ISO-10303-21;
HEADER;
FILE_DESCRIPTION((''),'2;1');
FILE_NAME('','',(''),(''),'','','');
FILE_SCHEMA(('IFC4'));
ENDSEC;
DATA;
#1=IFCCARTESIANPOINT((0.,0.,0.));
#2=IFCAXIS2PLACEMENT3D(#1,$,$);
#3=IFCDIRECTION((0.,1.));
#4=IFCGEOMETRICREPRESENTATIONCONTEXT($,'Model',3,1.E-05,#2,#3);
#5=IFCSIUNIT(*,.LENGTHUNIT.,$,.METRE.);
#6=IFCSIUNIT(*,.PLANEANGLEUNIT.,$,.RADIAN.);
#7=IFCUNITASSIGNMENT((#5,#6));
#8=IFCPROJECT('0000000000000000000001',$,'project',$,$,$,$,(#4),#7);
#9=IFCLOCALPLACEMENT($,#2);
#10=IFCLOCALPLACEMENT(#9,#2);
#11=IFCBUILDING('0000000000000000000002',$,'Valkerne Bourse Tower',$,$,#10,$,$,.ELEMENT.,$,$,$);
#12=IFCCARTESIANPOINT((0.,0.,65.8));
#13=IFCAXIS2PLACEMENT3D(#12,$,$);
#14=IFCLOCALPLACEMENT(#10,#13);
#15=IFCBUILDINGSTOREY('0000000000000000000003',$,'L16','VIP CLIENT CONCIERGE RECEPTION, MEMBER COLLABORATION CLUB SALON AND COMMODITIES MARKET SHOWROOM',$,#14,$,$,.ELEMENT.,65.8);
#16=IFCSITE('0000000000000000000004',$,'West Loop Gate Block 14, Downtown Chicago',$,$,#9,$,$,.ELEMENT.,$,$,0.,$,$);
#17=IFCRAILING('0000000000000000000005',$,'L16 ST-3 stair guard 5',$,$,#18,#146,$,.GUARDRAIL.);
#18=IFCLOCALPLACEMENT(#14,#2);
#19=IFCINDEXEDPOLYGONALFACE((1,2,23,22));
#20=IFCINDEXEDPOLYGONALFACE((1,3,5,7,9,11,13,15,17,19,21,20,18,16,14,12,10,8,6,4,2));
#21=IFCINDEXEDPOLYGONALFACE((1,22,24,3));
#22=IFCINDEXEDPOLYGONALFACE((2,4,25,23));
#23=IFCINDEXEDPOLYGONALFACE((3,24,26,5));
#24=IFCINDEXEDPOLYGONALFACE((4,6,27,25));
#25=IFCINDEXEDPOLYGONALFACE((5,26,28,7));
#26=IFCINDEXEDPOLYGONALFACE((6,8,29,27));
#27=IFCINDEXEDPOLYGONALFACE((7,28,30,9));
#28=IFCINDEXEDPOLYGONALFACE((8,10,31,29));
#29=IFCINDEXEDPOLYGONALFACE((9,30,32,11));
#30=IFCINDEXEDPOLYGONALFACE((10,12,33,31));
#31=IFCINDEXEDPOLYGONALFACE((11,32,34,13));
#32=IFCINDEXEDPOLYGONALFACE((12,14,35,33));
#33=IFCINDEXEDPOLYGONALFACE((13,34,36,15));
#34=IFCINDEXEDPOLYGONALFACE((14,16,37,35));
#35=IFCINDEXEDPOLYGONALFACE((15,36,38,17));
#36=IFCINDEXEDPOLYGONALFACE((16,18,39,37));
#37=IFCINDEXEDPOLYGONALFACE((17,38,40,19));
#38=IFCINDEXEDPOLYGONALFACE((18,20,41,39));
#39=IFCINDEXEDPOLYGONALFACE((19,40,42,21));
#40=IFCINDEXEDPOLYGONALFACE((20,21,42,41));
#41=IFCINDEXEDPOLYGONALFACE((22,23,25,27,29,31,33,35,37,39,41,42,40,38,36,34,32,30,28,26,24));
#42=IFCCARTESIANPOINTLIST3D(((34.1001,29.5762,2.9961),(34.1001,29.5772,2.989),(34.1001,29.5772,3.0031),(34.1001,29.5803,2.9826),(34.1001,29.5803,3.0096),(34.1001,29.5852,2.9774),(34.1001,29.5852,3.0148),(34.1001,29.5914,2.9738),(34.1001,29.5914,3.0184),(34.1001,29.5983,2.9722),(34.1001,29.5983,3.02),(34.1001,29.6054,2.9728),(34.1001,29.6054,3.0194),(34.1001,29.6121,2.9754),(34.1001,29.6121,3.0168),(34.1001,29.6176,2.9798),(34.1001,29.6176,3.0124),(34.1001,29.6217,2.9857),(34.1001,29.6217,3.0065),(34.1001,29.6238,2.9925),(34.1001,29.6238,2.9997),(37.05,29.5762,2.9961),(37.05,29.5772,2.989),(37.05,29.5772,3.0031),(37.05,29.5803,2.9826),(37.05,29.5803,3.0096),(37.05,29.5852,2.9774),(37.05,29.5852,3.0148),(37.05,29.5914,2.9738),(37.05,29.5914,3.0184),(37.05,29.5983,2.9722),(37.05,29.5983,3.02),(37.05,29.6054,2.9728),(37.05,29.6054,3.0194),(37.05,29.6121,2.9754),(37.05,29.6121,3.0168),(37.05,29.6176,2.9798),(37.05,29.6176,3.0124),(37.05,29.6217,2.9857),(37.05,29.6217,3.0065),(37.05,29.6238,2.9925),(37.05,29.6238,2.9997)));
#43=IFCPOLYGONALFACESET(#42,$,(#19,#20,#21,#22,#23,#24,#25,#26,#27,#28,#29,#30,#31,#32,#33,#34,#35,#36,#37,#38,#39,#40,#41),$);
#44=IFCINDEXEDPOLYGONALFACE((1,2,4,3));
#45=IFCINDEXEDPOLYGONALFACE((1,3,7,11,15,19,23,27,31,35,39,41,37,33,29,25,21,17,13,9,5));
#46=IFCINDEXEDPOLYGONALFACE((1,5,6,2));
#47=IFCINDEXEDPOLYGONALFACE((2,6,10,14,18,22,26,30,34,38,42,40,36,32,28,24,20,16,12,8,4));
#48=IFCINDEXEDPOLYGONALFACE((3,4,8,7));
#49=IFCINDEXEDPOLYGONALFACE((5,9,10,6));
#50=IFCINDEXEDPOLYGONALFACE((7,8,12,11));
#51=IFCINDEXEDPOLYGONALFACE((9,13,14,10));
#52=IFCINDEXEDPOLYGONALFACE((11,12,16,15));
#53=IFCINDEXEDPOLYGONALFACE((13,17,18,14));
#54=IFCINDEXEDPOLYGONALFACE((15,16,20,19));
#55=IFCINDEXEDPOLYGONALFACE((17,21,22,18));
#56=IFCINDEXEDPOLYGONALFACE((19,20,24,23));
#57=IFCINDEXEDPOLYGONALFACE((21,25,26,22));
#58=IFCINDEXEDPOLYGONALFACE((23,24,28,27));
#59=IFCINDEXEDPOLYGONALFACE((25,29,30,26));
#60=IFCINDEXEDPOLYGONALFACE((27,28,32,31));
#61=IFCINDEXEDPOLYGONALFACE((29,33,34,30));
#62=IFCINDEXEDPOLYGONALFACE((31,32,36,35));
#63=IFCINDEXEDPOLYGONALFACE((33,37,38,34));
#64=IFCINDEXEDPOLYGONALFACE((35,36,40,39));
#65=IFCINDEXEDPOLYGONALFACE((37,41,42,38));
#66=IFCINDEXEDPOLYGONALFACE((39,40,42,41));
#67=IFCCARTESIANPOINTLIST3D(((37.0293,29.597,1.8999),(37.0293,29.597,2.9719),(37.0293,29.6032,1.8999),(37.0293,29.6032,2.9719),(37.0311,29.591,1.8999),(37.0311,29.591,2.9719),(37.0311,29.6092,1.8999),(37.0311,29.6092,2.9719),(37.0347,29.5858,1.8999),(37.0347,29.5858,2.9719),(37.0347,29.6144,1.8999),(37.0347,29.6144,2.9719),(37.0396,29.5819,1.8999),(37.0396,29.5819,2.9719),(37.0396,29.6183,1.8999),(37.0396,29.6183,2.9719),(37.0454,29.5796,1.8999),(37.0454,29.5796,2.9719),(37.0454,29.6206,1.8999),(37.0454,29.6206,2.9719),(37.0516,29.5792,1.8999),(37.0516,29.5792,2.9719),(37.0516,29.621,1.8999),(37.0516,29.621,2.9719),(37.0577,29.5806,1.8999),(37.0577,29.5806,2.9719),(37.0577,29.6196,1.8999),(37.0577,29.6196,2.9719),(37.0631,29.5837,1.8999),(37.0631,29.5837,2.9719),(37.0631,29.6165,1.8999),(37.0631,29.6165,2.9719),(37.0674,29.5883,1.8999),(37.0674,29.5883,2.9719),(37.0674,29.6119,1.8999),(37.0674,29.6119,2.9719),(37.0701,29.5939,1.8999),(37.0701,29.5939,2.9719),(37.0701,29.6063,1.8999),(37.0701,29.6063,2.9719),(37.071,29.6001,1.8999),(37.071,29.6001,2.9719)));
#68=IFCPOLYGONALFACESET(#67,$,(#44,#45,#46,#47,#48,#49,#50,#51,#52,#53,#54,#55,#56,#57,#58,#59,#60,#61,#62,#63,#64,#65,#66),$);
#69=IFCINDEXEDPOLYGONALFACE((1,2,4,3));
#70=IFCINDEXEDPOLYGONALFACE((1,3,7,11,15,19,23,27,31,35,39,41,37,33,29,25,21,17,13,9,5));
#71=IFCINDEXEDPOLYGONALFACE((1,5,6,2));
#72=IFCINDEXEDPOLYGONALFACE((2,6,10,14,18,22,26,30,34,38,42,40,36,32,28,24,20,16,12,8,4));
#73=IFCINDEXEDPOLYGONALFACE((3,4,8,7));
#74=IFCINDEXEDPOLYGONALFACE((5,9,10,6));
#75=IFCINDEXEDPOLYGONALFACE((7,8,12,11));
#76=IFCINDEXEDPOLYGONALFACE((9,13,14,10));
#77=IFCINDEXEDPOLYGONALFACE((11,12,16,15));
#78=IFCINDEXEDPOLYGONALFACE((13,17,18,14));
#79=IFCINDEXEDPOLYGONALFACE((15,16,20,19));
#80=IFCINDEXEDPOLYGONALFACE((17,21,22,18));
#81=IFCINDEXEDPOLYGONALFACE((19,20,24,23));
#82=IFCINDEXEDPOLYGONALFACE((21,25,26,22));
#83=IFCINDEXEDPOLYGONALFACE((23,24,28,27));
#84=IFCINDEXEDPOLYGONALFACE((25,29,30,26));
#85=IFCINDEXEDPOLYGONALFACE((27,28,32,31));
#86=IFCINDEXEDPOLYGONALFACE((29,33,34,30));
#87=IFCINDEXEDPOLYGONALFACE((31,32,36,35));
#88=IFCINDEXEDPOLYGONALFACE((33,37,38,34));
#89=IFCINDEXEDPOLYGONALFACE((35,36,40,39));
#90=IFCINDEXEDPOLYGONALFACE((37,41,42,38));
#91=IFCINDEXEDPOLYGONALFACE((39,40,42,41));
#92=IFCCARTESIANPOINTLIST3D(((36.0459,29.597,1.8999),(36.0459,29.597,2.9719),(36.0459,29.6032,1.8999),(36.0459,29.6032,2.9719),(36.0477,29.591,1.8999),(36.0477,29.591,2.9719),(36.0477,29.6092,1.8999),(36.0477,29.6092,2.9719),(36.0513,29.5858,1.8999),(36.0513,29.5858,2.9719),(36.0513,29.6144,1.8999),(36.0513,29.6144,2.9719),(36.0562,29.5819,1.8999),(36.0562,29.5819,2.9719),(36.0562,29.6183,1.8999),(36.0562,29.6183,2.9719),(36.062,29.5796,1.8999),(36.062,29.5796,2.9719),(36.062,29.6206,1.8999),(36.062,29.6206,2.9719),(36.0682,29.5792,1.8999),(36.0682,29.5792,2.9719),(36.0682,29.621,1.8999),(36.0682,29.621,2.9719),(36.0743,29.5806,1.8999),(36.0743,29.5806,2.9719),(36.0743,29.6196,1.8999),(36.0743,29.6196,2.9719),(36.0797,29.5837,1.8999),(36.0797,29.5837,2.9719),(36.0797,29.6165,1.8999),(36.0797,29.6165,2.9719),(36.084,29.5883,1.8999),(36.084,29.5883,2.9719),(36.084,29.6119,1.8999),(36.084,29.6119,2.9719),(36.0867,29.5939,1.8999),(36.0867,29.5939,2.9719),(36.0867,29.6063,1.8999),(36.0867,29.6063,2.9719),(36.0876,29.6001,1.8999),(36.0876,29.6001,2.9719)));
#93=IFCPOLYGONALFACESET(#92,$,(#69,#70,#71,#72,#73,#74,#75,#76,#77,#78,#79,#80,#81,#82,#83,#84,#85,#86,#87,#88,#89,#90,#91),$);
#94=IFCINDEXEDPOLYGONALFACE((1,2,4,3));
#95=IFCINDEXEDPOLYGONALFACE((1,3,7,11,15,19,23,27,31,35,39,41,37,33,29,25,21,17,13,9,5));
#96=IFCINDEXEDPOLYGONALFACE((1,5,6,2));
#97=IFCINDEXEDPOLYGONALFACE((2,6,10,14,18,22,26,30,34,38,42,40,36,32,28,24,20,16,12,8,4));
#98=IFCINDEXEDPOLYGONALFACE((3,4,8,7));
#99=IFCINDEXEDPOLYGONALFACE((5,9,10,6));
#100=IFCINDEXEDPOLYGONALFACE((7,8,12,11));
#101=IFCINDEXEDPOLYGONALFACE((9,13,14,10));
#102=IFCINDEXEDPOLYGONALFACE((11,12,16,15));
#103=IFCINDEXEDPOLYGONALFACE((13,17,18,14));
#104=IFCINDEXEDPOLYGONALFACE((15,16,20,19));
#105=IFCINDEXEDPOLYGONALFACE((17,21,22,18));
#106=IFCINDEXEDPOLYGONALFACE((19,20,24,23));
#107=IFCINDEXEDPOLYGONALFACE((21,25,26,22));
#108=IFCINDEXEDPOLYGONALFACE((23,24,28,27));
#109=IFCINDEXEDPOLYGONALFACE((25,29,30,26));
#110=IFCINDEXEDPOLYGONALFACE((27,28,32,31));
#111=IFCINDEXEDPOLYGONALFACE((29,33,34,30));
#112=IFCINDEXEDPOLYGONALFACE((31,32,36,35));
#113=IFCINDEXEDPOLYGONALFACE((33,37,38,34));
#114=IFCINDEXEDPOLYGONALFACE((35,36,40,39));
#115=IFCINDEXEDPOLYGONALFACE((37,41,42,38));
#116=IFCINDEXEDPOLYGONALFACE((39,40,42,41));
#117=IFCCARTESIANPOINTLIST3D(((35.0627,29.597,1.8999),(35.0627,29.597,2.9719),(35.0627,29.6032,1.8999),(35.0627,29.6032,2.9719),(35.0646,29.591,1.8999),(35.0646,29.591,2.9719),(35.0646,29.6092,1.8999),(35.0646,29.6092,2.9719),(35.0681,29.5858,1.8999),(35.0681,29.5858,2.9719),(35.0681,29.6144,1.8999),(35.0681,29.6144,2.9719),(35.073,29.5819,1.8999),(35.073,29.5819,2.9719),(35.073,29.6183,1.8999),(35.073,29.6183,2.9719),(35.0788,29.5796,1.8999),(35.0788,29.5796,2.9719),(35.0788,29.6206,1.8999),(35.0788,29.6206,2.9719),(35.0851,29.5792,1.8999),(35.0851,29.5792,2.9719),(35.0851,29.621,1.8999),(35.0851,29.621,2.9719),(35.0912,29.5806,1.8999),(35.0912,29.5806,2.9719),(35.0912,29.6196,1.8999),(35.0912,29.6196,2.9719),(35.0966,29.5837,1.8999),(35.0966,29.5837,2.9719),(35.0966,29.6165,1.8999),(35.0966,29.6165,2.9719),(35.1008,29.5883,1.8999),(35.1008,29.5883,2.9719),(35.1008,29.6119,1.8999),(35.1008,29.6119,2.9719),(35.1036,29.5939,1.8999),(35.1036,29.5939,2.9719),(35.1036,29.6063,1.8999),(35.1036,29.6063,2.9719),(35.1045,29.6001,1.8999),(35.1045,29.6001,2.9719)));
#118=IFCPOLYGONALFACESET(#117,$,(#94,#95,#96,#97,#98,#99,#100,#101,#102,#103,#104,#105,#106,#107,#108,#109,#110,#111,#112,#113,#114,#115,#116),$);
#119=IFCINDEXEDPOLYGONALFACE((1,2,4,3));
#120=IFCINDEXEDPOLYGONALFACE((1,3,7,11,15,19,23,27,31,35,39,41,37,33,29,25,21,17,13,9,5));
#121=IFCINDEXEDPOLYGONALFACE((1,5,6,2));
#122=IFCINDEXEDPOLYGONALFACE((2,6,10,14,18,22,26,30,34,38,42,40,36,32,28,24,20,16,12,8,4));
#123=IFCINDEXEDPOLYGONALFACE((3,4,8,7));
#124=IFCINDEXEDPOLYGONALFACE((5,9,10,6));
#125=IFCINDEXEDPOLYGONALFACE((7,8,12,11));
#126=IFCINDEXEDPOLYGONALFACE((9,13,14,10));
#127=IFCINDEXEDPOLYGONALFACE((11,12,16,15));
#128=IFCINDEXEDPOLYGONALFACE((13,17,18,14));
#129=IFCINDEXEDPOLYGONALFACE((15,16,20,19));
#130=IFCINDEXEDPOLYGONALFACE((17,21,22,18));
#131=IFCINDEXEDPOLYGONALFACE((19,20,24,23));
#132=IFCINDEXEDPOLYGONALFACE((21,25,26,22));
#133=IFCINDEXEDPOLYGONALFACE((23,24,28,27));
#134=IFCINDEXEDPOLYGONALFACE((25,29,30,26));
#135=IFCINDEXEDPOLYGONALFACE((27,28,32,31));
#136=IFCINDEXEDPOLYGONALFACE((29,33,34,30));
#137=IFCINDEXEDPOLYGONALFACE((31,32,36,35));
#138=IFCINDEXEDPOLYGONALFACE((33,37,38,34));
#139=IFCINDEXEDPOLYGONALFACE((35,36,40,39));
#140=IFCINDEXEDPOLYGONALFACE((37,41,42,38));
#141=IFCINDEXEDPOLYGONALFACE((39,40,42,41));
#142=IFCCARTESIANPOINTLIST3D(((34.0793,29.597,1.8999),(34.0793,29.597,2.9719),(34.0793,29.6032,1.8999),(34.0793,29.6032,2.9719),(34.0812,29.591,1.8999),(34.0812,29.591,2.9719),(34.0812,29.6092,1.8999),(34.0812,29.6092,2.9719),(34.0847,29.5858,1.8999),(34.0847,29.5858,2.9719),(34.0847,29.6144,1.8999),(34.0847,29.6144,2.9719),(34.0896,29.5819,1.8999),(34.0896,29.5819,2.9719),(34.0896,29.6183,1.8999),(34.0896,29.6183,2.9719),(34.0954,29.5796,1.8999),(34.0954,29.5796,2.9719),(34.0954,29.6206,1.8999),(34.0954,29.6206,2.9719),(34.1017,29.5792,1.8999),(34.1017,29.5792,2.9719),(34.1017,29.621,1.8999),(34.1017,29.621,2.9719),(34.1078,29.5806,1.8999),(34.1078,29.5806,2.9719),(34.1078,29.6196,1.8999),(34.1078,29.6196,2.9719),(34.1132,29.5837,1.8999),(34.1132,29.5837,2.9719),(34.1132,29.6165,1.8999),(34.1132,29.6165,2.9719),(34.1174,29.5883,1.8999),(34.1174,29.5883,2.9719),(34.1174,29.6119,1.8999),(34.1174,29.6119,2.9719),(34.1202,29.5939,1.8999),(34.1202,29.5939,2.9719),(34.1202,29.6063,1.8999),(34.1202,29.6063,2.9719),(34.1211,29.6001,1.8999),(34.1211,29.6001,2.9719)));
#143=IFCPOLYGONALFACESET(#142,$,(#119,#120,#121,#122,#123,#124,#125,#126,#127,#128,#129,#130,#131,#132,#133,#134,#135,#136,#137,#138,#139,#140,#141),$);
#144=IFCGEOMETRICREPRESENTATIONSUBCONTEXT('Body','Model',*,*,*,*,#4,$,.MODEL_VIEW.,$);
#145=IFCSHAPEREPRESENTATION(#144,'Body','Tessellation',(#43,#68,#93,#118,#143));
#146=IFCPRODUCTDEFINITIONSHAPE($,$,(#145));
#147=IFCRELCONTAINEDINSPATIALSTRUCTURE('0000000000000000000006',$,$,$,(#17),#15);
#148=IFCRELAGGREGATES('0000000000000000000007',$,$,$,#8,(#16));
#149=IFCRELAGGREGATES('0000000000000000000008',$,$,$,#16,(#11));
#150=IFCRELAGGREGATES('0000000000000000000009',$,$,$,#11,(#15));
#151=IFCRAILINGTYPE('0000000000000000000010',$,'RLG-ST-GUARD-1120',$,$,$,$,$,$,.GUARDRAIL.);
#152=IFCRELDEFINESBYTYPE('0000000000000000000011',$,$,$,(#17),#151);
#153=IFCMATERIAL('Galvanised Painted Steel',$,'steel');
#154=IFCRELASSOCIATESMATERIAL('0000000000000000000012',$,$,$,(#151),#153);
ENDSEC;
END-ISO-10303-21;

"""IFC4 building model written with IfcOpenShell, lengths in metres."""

from ifc_helpers import new_model, si_unit, direction, frame, origin, origin_2d, place, context, subcontext, project, spatial, circle, extrude, material, type_object, element, save


model = new_model("IFC4")

# Units and contexts
model_context = context("Model", 3, precision=1e-05, world=origin(), true_north=direction((0.0, 1.0)))
body_context = subcontext(model_context, "Body", "Model", "MODEL_VIEW")
ifc_project = project(units=[si_unit("LENGTHUNIT", "METRE"), si_unit("PLANEANGLEUNIT", "RADIAN")], contexts=[model_context])

# Site, building, storey
site_placement = place(None, origin())
site = spatial("IfcSite", under=ifc_project, at=site_placement, Name="West Loop Gate Block 14, Downtown Chicago", CompositionType="ELEMENT", RefElevation=0.0)
building_placement = place(site_placement, origin())
building = spatial("IfcBuilding", under=site, at=building_placement, Name="Valkerne Bourse Tower", CompositionType="ELEMENT")
storey_placement = place(building_placement, frame((0.0, 0.0, 65.8)))
storey = spatial("IfcBuildingStorey", under=building, at=storey_placement, Name="L16", Description="VIP CLIENT CONCIERGE RECEPTION, MEMBER COLLABORATION CLUB SALON AND COMMODITIES MARKET SHOWROOM", CompositionType="ELEMENT", Elevation=65.8)

# Shared definitions
ifc_material_1 = material(Name="Galvanised Painted Steel", Category="steel")

# Railing
railing_type_1 = type_object("IfcRailingType", Name="RLG-ST-GUARD-1120", PredefinedType="GUARDRAIL", material=ifc_material_1)
railing_1_placement = place(storey_placement, frame((37.05, 29.6001, 1.8999)))
element("IfcRailing", 1, at=railing_1_placement, inside=storey, type_object=railing_type_1, Name="L16 ST-3 stair guard 5", PredefinedType="GUARDRAIL", context=body_context, shape_type="SweptSolid", body=[
    extrude(circle(Radius=0.0239, at=origin_2d()), frame((0.0, 0.0, 1.0962), z_axis=(-1.0, 0.0, 0.0), x_axis=(0.0, -1.0, 0.0)), (0.0, 0.0, 1.0), 2.95),
    extrude(circle(Radius=0.021, at=origin_2d()), origin(), (0.0, 0.0, 1.0), 1.072),
    extrude(circle(Radius=0.021, at=origin_2d()), frame((-0.9834, 0.0, 0.0)), (0.0, 0.0, 1.0), 1.072),
    extrude(circle(Radius=0.021, at=origin_2d()), frame((-1.9666, 0.0, 0.0)), (0.0, 0.0, 1.0), 1.072),
    extrude(circle(Radius=0.021, at=origin_2d()), frame((-2.95, 0.0, 0.0)), (0.0, 0.0, 1.0), 1.072),
])

save(model, "model.ifc")
